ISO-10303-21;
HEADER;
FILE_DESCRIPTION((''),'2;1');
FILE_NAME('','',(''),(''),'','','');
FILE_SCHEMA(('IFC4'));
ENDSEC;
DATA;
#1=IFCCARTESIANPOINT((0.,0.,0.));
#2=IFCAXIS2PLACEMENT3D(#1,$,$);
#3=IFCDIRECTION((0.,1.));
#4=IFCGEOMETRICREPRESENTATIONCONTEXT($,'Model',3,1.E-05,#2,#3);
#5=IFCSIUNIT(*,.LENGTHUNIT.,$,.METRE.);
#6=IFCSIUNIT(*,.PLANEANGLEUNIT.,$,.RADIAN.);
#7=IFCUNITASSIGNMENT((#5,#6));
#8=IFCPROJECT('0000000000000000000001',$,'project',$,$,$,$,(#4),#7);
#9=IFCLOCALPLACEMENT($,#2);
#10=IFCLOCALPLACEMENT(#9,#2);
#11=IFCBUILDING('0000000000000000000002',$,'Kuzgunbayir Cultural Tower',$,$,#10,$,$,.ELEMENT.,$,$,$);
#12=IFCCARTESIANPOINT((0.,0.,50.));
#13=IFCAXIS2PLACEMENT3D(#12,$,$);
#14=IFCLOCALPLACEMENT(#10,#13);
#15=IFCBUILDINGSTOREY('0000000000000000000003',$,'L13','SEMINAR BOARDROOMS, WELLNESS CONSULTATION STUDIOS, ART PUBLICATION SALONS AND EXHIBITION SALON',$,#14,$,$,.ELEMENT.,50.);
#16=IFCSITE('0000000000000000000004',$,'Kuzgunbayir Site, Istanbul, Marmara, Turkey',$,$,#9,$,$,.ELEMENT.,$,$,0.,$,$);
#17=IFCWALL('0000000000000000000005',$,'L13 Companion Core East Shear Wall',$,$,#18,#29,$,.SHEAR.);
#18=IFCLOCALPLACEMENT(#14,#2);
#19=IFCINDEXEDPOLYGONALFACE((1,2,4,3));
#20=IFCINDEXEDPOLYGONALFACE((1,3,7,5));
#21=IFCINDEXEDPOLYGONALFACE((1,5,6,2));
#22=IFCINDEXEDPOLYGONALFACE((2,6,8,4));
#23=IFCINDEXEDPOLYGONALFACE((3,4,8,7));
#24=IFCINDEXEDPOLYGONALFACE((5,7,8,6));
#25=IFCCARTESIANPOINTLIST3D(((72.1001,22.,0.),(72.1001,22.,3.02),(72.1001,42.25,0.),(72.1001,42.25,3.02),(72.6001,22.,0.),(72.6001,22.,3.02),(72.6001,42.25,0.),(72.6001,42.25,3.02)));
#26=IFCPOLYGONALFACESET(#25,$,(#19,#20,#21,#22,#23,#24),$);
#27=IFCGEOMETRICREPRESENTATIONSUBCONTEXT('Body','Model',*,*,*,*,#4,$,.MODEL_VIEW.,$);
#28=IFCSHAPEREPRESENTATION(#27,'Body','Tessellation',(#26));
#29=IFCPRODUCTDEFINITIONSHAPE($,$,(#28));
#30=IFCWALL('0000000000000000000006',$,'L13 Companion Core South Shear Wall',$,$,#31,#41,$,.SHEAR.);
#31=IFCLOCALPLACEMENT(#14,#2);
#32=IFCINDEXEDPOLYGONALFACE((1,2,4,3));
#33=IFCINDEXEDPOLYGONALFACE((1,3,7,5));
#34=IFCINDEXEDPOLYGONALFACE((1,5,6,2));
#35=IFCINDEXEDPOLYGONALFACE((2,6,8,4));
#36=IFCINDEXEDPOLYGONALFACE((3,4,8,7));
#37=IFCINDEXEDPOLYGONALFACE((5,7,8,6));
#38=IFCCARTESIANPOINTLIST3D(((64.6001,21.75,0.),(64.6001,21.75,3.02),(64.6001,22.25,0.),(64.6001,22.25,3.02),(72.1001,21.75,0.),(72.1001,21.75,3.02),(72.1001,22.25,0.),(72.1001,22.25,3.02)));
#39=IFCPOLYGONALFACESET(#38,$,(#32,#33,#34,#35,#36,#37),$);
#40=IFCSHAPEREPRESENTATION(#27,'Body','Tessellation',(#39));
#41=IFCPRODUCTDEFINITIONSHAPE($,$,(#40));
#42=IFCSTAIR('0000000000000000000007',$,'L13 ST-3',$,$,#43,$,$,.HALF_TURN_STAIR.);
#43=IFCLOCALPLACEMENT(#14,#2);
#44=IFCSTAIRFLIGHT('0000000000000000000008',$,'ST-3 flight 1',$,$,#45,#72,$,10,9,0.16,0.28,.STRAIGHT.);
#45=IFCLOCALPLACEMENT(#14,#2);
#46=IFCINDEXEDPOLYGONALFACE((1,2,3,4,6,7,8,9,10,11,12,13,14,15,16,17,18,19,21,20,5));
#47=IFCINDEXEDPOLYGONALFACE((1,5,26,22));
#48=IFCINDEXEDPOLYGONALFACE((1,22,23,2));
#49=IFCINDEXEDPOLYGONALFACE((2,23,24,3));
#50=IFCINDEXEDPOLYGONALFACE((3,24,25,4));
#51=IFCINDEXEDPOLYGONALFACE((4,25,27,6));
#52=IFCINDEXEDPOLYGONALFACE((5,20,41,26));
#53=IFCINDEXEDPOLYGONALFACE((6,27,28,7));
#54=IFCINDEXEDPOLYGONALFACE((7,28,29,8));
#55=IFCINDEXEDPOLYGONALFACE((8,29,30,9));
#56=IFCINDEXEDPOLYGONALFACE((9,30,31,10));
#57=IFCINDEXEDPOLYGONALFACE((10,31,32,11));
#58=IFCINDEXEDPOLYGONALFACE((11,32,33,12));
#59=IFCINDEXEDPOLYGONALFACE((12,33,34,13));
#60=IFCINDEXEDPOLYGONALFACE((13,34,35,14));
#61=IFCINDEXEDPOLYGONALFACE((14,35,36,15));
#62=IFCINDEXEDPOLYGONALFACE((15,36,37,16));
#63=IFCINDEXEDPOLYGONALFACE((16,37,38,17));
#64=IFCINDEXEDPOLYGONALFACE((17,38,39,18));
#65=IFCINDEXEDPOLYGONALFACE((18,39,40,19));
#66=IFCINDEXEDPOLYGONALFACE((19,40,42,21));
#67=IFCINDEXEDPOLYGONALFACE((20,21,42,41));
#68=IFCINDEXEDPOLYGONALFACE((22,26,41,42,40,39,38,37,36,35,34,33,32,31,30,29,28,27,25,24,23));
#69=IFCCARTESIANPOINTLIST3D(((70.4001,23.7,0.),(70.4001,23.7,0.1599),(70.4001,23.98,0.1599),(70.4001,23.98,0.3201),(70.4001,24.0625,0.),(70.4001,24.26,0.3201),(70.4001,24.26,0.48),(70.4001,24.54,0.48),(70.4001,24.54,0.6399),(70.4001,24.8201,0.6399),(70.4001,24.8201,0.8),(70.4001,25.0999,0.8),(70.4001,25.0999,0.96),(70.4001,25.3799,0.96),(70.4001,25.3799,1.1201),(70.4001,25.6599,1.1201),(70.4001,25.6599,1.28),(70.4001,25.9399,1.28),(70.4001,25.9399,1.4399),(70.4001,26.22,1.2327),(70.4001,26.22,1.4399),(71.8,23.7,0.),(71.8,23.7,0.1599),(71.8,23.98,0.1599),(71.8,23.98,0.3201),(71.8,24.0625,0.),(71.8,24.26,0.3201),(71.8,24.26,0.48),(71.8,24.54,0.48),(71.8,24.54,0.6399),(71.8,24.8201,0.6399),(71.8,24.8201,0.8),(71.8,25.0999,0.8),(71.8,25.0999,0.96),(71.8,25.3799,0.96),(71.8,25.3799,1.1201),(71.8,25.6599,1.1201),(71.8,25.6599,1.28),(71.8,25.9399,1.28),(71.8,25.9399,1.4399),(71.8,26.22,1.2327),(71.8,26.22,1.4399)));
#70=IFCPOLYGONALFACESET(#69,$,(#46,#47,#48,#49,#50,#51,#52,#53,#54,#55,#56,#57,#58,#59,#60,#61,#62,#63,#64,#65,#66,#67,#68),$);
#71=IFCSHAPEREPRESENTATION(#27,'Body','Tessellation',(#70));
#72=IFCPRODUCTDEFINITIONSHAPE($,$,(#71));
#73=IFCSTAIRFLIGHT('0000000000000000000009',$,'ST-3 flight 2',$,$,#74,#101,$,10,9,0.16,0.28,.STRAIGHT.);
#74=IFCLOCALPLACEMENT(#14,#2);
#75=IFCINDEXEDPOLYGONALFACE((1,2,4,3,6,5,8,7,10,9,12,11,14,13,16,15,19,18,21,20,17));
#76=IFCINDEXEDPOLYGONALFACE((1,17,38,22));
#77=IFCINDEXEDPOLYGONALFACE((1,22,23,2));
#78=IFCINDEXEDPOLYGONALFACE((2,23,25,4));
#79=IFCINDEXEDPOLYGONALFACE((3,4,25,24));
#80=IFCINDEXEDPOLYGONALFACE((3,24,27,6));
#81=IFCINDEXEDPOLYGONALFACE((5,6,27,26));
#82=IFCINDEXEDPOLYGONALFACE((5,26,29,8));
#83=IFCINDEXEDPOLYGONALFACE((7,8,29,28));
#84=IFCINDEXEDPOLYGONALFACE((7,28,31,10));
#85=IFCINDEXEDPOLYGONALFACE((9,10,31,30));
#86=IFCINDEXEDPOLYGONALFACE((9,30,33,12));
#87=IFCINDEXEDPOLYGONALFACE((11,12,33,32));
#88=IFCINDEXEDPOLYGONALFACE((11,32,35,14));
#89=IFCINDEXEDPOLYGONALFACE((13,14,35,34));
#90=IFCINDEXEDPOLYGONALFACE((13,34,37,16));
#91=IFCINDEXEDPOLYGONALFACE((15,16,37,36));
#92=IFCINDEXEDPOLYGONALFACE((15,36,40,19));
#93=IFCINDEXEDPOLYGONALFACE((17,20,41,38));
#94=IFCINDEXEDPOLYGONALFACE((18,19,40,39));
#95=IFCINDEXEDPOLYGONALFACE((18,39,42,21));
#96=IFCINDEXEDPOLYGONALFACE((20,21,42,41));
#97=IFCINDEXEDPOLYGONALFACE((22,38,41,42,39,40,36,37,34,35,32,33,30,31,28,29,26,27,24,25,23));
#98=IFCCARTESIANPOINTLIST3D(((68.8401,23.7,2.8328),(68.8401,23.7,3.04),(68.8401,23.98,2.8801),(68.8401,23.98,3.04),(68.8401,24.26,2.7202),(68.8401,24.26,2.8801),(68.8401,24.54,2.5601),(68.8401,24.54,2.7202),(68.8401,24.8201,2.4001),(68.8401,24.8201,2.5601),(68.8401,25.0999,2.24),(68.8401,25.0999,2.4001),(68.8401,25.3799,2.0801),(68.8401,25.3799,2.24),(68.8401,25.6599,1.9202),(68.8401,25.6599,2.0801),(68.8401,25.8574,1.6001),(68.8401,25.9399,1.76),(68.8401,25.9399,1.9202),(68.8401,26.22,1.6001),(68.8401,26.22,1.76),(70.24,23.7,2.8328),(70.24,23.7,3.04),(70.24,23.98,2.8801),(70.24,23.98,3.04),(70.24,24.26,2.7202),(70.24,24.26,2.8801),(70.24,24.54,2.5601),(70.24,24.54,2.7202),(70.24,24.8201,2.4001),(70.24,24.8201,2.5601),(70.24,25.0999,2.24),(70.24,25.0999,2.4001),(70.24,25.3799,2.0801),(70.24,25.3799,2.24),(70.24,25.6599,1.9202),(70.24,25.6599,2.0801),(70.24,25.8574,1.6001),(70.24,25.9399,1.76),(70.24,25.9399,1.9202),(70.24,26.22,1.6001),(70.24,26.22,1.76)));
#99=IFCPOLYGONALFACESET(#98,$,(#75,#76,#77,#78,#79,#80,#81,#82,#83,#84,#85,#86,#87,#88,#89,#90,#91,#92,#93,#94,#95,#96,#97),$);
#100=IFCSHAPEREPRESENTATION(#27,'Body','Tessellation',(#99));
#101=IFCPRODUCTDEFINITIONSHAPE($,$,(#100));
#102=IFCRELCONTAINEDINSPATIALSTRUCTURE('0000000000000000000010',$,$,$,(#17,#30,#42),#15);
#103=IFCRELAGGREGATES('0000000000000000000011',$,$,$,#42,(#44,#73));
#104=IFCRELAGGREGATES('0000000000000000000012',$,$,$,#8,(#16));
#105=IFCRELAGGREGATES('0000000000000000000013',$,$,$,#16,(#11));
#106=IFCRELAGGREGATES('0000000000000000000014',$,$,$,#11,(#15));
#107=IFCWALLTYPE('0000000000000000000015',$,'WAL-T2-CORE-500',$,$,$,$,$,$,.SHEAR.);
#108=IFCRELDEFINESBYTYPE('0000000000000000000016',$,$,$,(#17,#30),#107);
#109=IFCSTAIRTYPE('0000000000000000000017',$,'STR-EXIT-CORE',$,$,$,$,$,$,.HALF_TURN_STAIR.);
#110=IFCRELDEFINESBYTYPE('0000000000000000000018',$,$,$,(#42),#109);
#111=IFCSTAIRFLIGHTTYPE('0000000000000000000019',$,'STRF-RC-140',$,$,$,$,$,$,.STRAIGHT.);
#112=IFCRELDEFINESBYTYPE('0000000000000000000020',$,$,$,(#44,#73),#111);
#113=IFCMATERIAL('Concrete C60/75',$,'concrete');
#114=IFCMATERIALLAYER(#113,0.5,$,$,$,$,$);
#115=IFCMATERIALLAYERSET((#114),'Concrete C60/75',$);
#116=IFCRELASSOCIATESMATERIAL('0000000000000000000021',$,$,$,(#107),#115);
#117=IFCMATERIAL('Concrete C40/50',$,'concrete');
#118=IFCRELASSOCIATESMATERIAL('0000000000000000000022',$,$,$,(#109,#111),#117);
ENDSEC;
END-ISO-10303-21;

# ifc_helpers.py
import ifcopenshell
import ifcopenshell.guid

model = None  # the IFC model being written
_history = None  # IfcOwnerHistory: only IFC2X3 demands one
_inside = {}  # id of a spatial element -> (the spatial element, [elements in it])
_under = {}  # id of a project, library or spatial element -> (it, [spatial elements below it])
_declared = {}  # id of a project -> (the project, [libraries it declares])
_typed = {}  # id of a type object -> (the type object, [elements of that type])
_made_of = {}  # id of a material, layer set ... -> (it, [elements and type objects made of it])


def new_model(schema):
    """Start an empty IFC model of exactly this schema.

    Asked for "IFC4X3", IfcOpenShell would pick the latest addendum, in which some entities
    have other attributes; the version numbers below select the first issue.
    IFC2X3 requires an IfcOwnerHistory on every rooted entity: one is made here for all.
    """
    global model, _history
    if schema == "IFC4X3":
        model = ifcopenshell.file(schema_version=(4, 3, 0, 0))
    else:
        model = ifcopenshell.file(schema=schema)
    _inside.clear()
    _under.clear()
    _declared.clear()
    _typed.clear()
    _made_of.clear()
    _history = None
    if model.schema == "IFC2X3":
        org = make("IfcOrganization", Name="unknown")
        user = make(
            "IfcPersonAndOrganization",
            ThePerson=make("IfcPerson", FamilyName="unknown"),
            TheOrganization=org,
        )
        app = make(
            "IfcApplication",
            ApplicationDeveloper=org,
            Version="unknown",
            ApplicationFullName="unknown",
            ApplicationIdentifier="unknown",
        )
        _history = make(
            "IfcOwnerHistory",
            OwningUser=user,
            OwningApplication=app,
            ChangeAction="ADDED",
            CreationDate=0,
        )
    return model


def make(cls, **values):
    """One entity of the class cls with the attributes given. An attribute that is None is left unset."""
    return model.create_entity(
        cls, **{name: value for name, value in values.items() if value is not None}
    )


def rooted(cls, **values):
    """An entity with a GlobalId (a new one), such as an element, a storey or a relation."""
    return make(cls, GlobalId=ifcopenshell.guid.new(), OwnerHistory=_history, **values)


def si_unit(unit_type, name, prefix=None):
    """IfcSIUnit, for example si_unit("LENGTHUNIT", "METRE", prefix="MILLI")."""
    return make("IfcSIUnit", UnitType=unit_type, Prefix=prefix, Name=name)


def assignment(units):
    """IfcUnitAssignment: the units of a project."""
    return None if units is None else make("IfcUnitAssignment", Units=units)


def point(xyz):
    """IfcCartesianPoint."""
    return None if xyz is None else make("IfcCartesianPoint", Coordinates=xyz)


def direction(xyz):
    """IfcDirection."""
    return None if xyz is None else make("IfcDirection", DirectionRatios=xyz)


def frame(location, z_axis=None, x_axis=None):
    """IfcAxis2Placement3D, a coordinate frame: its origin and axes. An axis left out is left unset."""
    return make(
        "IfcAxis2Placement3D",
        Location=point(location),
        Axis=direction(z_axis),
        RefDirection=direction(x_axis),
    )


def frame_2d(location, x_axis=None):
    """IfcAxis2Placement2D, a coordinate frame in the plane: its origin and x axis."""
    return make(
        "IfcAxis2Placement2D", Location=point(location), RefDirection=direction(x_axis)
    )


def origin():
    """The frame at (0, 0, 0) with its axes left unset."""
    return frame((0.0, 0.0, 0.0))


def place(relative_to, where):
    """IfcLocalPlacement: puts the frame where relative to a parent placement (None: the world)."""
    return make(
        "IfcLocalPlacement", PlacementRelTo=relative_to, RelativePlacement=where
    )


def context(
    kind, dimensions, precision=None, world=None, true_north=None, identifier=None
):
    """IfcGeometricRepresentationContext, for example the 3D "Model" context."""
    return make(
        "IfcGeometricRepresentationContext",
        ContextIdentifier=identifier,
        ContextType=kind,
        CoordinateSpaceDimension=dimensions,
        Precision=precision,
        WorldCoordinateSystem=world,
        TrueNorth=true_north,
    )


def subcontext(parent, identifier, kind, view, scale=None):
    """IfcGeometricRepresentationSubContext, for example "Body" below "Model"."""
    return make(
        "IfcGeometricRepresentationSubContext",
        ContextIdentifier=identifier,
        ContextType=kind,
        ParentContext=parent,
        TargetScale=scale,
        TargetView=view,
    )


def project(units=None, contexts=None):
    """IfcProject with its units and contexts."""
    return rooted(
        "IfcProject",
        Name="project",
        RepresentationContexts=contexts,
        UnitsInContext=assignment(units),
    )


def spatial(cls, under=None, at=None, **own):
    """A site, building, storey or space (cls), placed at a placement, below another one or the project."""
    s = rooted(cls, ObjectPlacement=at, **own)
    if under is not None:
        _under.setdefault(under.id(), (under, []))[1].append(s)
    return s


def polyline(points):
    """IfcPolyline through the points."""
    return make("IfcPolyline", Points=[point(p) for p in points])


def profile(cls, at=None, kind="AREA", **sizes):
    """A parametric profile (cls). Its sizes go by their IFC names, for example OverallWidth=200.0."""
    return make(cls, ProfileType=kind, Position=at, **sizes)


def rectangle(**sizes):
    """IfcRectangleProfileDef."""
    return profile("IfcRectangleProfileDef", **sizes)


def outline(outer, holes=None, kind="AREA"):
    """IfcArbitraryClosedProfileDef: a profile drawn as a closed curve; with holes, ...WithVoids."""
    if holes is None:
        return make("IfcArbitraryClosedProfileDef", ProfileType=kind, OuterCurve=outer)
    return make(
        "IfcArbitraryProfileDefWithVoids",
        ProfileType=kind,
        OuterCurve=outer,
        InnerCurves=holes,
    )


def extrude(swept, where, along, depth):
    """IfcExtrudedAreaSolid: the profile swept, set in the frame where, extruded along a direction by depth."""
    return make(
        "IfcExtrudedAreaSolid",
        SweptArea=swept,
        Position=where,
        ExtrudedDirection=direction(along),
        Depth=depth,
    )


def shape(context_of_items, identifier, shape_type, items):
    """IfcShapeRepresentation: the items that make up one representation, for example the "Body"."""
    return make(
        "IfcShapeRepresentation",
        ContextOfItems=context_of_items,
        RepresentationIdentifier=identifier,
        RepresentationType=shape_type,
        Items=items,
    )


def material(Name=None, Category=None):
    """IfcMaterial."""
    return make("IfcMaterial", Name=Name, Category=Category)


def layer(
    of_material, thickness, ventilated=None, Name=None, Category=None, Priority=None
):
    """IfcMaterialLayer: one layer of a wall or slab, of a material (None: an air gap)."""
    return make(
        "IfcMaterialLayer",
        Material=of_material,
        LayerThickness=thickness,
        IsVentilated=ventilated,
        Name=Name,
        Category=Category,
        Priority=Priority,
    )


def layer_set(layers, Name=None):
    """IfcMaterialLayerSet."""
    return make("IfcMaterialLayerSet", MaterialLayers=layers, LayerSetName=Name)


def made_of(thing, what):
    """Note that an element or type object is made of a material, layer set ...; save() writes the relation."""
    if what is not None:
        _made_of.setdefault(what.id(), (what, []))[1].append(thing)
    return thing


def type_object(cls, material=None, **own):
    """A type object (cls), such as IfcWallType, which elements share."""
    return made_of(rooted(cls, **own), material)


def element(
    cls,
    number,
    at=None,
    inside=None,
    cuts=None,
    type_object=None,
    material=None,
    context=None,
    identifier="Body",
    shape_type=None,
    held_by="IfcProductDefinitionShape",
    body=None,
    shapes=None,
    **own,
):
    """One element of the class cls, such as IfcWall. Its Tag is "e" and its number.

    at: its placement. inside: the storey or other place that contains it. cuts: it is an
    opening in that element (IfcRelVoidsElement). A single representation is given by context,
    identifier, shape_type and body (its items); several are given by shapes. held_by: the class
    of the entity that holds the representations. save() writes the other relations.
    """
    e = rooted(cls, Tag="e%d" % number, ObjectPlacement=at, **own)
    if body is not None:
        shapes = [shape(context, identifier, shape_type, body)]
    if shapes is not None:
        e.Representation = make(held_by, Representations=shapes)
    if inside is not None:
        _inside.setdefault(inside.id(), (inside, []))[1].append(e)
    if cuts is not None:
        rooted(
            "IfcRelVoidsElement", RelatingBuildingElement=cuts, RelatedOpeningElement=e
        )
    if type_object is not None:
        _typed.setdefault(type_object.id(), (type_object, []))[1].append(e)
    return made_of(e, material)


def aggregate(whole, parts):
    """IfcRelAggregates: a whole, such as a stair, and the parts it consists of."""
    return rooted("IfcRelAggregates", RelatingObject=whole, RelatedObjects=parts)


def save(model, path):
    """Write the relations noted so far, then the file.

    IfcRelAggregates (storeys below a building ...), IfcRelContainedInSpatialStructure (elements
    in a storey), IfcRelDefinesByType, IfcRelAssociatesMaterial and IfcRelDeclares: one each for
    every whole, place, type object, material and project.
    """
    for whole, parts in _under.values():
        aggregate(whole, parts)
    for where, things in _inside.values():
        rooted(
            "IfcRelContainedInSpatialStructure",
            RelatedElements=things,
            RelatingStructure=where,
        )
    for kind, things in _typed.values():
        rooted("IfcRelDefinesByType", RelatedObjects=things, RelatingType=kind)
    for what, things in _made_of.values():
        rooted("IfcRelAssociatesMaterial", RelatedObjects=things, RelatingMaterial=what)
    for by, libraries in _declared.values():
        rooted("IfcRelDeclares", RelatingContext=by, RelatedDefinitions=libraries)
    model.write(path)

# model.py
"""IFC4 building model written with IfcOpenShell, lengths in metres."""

from ifc_helpers import new_model, si_unit, direction, frame, frame_2d, origin, place, context, subcontext, project, spatial, polyline, rectangle, outline, extrude, material, layer, layer_set, type_object, element, aggregate, save


model = new_model("IFC4")

# Units and contexts
model_context = context("Model", 3, precision=1e-05, world=origin(), true_north=direction((0.0, 1.0)))
body_context = subcontext(model_context, "Body", "Model", "MODEL_VIEW")
ifc_project = project(units=[si_unit("LENGTHUNIT", "METRE"), si_unit("PLANEANGLEUNIT", "RADIAN")], contexts=[model_context])

# Site, building, storey
site_placement = place(None, origin())
site = spatial("IfcSite", under=ifc_project, at=site_placement, Name="Kuzgunbayir Site, Istanbul, Marmara, Turkey", CompositionType="ELEMENT", RefElevation=0.0)
building_placement = place(site_placement, origin())
building = spatial("IfcBuilding", under=site, at=building_placement, Name="Kuzgunbayir Cultural Tower", CompositionType="ELEMENT")
storey_placement = place(building_placement, frame((0.0, 0.0, 50.0)))
storey = spatial("IfcBuildingStorey", under=building, at=storey_placement, Name="L13", Description="SEMINAR BOARDROOMS, WELLNESS CONSULTATION STUDIOS, ART PUBLICATION SALONS AND EXHIBITION SALON", CompositionType="ELEMENT", Elevation=50.0)

# Shared definitions
ifc_material_1 = material(Name="Concrete C60/75", Category="concrete")

# Shared definitions
ifc_material_2 = material(Name="Concrete C40/50", Category="concrete")

# Walls
ifc_layer_1 = layer(ifc_material_1, 0.5)
ifc_layer_set_1 = layer_set([ifc_layer_1], Name="Concrete C60/75")
wall_type_1 = type_object("IfcWallType", Name="WAL-T2-CORE-500", PredefinedType="SHEAR", material=ifc_layer_set_1)
wall_1_placement = place(storey_placement, frame((72.3501, 22.0, 0.0), z_axis=(0.0, 0.0, 1.0), x_axis=(0.0, 1.0, 0.0)))
element("IfcWall", 1, at=wall_1_placement, inside=storey, type_object=wall_type_1, Name="L13 Companion Core East Shear Wall", PredefinedType="SHEAR", context=body_context, shape_type="SweptSolid", body=[
    extrude(rectangle(XDim=20.25, YDim=0.5, at=frame_2d((10.125, 0.0))), origin(), (0.0, 0.0, 1.0), 3.02),
])
wall_2_placement = place(storey_placement, frame((64.6001, 22.0, 0.0), z_axis=(0.0, 0.0, 1.0), x_axis=(1.0, 0.0, 0.0)))
element("IfcWall", 2, at=wall_2_placement, inside=storey, type_object=wall_type_1, Name="L13 Companion Core South Shear Wall", PredefinedType="SHEAR", context=body_context, shape_type="SweptSolid", body=[
    extrude(rectangle(XDim=7.5, YDim=0.5, at=frame_2d((3.75, 0.0))), origin(), (0.0, 0.0, 1.0), 3.02),
])

# Stair, stair flights
stair_type = type_object("IfcStairType", Name="STR-EXIT-CORE", PredefinedType="HALF_TURN_STAIR", material=ifc_material_2)
stair_placement = place(storey_placement, origin())
stair = element("IfcStair", 3, at=stair_placement, inside=storey, type_object=stair_type, Name="L13 ST-3", PredefinedType="HALF_TURN_STAIR")
stair_flight_type = type_object("IfcStairFlightType", Name="STRF-RC-140", PredefinedType="STRAIGHT", material=ifc_material_2)
stair_flight_1_placement = place(storey_placement, frame((71.1001, 23.7, 0.0), z_axis=(0.0, 0.0, 1.0), x_axis=(0.0, 1.0, 0.0)))
stair_flight_1 = element("IfcStairFlight", 4, at=stair_flight_1_placement, type_object=stair_flight_type, Name="ST-3 flight 1", NumberOfRisers=10, NumberOfTreads=9, PredefinedType="STRAIGHT", RiserHeight=0.16, TreadLength=0.28, context=body_context, shape_type="SweptSolid", body=[
    extrude(outline(polyline([(0.0, 0.0), (0.0, 0.1599), (0.28, 0.1599), (0.28, 0.3201), (0.5601, 0.3201), (0.5601, 0.48), (0.8401, 0.48), (0.8401, 0.6399), (1.1201, 0.6399), (1.1201, 0.8), (1.3999, 0.8), (1.3999, 0.96), (1.6799, 0.96), (1.6799, 1.1201), (1.96, 1.1201), (1.96, 1.28), (2.24, 1.28), (2.24, 1.4399), (2.52, 1.4399), (2.52, 1.6001), (2.52, 1.2327), (0.3625, 0.0), (0.0, 0.0)])), frame((0.0, 0.7, 0.0), z_axis=(0.0, -1.0, 0.0), x_axis=(1.0, 0.0, 0.0)), (0.0, 0.0, 1.0), 1.3999),
])
stair_flight_2_placement = place(storey_placement, frame((69.54, 26.22, 1.6001), z_axis=(0.0, 0.0, 1.0), x_axis=(0.0, -1.0, 0.0)))
stair_flight_2 = element("IfcStairFlight", 5, at=stair_flight_2_placement, type_object=stair_flight_type, Name="ST-3 flight 2", NumberOfRisers=10, NumberOfTreads=9, PredefinedType="STRAIGHT", RiserHeight=0.16, TreadLength=0.28, context=body_context, shape_type="SweptSolid", body=[
    extrude(outline(polyline([(0.0, 0.0), (0.0, 0.1599), (0.28, 0.1599), (0.28, 0.3201), (0.5601, 0.3201), (0.5601, 0.48), (0.8401, 0.48), (0.8401, 0.6399), (1.1201, 0.6399), (1.1201, 0.8), (1.3999, 0.8), (1.3999, 0.96), (1.6799, 0.96), (1.6799, 1.1201), (1.96, 1.1201), (1.96, 1.28), (2.24, 1.28), (2.24, 1.4399), (2.52, 1.4399), (2.52, 1.6001), (2.52, 1.2327), (0.3625, 0.0), (0.0, 0.0)])), frame((0.0, 0.7, 0.0), z_axis=(0.0, -1.0, 0.0), x_axis=(1.0, 0.0, 0.0)), (0.0, 0.0, 1.0), 1.3999),
])
aggregate(stair, [stair_flight_1, stair_flight_2])

save(model, "model.ifc")
